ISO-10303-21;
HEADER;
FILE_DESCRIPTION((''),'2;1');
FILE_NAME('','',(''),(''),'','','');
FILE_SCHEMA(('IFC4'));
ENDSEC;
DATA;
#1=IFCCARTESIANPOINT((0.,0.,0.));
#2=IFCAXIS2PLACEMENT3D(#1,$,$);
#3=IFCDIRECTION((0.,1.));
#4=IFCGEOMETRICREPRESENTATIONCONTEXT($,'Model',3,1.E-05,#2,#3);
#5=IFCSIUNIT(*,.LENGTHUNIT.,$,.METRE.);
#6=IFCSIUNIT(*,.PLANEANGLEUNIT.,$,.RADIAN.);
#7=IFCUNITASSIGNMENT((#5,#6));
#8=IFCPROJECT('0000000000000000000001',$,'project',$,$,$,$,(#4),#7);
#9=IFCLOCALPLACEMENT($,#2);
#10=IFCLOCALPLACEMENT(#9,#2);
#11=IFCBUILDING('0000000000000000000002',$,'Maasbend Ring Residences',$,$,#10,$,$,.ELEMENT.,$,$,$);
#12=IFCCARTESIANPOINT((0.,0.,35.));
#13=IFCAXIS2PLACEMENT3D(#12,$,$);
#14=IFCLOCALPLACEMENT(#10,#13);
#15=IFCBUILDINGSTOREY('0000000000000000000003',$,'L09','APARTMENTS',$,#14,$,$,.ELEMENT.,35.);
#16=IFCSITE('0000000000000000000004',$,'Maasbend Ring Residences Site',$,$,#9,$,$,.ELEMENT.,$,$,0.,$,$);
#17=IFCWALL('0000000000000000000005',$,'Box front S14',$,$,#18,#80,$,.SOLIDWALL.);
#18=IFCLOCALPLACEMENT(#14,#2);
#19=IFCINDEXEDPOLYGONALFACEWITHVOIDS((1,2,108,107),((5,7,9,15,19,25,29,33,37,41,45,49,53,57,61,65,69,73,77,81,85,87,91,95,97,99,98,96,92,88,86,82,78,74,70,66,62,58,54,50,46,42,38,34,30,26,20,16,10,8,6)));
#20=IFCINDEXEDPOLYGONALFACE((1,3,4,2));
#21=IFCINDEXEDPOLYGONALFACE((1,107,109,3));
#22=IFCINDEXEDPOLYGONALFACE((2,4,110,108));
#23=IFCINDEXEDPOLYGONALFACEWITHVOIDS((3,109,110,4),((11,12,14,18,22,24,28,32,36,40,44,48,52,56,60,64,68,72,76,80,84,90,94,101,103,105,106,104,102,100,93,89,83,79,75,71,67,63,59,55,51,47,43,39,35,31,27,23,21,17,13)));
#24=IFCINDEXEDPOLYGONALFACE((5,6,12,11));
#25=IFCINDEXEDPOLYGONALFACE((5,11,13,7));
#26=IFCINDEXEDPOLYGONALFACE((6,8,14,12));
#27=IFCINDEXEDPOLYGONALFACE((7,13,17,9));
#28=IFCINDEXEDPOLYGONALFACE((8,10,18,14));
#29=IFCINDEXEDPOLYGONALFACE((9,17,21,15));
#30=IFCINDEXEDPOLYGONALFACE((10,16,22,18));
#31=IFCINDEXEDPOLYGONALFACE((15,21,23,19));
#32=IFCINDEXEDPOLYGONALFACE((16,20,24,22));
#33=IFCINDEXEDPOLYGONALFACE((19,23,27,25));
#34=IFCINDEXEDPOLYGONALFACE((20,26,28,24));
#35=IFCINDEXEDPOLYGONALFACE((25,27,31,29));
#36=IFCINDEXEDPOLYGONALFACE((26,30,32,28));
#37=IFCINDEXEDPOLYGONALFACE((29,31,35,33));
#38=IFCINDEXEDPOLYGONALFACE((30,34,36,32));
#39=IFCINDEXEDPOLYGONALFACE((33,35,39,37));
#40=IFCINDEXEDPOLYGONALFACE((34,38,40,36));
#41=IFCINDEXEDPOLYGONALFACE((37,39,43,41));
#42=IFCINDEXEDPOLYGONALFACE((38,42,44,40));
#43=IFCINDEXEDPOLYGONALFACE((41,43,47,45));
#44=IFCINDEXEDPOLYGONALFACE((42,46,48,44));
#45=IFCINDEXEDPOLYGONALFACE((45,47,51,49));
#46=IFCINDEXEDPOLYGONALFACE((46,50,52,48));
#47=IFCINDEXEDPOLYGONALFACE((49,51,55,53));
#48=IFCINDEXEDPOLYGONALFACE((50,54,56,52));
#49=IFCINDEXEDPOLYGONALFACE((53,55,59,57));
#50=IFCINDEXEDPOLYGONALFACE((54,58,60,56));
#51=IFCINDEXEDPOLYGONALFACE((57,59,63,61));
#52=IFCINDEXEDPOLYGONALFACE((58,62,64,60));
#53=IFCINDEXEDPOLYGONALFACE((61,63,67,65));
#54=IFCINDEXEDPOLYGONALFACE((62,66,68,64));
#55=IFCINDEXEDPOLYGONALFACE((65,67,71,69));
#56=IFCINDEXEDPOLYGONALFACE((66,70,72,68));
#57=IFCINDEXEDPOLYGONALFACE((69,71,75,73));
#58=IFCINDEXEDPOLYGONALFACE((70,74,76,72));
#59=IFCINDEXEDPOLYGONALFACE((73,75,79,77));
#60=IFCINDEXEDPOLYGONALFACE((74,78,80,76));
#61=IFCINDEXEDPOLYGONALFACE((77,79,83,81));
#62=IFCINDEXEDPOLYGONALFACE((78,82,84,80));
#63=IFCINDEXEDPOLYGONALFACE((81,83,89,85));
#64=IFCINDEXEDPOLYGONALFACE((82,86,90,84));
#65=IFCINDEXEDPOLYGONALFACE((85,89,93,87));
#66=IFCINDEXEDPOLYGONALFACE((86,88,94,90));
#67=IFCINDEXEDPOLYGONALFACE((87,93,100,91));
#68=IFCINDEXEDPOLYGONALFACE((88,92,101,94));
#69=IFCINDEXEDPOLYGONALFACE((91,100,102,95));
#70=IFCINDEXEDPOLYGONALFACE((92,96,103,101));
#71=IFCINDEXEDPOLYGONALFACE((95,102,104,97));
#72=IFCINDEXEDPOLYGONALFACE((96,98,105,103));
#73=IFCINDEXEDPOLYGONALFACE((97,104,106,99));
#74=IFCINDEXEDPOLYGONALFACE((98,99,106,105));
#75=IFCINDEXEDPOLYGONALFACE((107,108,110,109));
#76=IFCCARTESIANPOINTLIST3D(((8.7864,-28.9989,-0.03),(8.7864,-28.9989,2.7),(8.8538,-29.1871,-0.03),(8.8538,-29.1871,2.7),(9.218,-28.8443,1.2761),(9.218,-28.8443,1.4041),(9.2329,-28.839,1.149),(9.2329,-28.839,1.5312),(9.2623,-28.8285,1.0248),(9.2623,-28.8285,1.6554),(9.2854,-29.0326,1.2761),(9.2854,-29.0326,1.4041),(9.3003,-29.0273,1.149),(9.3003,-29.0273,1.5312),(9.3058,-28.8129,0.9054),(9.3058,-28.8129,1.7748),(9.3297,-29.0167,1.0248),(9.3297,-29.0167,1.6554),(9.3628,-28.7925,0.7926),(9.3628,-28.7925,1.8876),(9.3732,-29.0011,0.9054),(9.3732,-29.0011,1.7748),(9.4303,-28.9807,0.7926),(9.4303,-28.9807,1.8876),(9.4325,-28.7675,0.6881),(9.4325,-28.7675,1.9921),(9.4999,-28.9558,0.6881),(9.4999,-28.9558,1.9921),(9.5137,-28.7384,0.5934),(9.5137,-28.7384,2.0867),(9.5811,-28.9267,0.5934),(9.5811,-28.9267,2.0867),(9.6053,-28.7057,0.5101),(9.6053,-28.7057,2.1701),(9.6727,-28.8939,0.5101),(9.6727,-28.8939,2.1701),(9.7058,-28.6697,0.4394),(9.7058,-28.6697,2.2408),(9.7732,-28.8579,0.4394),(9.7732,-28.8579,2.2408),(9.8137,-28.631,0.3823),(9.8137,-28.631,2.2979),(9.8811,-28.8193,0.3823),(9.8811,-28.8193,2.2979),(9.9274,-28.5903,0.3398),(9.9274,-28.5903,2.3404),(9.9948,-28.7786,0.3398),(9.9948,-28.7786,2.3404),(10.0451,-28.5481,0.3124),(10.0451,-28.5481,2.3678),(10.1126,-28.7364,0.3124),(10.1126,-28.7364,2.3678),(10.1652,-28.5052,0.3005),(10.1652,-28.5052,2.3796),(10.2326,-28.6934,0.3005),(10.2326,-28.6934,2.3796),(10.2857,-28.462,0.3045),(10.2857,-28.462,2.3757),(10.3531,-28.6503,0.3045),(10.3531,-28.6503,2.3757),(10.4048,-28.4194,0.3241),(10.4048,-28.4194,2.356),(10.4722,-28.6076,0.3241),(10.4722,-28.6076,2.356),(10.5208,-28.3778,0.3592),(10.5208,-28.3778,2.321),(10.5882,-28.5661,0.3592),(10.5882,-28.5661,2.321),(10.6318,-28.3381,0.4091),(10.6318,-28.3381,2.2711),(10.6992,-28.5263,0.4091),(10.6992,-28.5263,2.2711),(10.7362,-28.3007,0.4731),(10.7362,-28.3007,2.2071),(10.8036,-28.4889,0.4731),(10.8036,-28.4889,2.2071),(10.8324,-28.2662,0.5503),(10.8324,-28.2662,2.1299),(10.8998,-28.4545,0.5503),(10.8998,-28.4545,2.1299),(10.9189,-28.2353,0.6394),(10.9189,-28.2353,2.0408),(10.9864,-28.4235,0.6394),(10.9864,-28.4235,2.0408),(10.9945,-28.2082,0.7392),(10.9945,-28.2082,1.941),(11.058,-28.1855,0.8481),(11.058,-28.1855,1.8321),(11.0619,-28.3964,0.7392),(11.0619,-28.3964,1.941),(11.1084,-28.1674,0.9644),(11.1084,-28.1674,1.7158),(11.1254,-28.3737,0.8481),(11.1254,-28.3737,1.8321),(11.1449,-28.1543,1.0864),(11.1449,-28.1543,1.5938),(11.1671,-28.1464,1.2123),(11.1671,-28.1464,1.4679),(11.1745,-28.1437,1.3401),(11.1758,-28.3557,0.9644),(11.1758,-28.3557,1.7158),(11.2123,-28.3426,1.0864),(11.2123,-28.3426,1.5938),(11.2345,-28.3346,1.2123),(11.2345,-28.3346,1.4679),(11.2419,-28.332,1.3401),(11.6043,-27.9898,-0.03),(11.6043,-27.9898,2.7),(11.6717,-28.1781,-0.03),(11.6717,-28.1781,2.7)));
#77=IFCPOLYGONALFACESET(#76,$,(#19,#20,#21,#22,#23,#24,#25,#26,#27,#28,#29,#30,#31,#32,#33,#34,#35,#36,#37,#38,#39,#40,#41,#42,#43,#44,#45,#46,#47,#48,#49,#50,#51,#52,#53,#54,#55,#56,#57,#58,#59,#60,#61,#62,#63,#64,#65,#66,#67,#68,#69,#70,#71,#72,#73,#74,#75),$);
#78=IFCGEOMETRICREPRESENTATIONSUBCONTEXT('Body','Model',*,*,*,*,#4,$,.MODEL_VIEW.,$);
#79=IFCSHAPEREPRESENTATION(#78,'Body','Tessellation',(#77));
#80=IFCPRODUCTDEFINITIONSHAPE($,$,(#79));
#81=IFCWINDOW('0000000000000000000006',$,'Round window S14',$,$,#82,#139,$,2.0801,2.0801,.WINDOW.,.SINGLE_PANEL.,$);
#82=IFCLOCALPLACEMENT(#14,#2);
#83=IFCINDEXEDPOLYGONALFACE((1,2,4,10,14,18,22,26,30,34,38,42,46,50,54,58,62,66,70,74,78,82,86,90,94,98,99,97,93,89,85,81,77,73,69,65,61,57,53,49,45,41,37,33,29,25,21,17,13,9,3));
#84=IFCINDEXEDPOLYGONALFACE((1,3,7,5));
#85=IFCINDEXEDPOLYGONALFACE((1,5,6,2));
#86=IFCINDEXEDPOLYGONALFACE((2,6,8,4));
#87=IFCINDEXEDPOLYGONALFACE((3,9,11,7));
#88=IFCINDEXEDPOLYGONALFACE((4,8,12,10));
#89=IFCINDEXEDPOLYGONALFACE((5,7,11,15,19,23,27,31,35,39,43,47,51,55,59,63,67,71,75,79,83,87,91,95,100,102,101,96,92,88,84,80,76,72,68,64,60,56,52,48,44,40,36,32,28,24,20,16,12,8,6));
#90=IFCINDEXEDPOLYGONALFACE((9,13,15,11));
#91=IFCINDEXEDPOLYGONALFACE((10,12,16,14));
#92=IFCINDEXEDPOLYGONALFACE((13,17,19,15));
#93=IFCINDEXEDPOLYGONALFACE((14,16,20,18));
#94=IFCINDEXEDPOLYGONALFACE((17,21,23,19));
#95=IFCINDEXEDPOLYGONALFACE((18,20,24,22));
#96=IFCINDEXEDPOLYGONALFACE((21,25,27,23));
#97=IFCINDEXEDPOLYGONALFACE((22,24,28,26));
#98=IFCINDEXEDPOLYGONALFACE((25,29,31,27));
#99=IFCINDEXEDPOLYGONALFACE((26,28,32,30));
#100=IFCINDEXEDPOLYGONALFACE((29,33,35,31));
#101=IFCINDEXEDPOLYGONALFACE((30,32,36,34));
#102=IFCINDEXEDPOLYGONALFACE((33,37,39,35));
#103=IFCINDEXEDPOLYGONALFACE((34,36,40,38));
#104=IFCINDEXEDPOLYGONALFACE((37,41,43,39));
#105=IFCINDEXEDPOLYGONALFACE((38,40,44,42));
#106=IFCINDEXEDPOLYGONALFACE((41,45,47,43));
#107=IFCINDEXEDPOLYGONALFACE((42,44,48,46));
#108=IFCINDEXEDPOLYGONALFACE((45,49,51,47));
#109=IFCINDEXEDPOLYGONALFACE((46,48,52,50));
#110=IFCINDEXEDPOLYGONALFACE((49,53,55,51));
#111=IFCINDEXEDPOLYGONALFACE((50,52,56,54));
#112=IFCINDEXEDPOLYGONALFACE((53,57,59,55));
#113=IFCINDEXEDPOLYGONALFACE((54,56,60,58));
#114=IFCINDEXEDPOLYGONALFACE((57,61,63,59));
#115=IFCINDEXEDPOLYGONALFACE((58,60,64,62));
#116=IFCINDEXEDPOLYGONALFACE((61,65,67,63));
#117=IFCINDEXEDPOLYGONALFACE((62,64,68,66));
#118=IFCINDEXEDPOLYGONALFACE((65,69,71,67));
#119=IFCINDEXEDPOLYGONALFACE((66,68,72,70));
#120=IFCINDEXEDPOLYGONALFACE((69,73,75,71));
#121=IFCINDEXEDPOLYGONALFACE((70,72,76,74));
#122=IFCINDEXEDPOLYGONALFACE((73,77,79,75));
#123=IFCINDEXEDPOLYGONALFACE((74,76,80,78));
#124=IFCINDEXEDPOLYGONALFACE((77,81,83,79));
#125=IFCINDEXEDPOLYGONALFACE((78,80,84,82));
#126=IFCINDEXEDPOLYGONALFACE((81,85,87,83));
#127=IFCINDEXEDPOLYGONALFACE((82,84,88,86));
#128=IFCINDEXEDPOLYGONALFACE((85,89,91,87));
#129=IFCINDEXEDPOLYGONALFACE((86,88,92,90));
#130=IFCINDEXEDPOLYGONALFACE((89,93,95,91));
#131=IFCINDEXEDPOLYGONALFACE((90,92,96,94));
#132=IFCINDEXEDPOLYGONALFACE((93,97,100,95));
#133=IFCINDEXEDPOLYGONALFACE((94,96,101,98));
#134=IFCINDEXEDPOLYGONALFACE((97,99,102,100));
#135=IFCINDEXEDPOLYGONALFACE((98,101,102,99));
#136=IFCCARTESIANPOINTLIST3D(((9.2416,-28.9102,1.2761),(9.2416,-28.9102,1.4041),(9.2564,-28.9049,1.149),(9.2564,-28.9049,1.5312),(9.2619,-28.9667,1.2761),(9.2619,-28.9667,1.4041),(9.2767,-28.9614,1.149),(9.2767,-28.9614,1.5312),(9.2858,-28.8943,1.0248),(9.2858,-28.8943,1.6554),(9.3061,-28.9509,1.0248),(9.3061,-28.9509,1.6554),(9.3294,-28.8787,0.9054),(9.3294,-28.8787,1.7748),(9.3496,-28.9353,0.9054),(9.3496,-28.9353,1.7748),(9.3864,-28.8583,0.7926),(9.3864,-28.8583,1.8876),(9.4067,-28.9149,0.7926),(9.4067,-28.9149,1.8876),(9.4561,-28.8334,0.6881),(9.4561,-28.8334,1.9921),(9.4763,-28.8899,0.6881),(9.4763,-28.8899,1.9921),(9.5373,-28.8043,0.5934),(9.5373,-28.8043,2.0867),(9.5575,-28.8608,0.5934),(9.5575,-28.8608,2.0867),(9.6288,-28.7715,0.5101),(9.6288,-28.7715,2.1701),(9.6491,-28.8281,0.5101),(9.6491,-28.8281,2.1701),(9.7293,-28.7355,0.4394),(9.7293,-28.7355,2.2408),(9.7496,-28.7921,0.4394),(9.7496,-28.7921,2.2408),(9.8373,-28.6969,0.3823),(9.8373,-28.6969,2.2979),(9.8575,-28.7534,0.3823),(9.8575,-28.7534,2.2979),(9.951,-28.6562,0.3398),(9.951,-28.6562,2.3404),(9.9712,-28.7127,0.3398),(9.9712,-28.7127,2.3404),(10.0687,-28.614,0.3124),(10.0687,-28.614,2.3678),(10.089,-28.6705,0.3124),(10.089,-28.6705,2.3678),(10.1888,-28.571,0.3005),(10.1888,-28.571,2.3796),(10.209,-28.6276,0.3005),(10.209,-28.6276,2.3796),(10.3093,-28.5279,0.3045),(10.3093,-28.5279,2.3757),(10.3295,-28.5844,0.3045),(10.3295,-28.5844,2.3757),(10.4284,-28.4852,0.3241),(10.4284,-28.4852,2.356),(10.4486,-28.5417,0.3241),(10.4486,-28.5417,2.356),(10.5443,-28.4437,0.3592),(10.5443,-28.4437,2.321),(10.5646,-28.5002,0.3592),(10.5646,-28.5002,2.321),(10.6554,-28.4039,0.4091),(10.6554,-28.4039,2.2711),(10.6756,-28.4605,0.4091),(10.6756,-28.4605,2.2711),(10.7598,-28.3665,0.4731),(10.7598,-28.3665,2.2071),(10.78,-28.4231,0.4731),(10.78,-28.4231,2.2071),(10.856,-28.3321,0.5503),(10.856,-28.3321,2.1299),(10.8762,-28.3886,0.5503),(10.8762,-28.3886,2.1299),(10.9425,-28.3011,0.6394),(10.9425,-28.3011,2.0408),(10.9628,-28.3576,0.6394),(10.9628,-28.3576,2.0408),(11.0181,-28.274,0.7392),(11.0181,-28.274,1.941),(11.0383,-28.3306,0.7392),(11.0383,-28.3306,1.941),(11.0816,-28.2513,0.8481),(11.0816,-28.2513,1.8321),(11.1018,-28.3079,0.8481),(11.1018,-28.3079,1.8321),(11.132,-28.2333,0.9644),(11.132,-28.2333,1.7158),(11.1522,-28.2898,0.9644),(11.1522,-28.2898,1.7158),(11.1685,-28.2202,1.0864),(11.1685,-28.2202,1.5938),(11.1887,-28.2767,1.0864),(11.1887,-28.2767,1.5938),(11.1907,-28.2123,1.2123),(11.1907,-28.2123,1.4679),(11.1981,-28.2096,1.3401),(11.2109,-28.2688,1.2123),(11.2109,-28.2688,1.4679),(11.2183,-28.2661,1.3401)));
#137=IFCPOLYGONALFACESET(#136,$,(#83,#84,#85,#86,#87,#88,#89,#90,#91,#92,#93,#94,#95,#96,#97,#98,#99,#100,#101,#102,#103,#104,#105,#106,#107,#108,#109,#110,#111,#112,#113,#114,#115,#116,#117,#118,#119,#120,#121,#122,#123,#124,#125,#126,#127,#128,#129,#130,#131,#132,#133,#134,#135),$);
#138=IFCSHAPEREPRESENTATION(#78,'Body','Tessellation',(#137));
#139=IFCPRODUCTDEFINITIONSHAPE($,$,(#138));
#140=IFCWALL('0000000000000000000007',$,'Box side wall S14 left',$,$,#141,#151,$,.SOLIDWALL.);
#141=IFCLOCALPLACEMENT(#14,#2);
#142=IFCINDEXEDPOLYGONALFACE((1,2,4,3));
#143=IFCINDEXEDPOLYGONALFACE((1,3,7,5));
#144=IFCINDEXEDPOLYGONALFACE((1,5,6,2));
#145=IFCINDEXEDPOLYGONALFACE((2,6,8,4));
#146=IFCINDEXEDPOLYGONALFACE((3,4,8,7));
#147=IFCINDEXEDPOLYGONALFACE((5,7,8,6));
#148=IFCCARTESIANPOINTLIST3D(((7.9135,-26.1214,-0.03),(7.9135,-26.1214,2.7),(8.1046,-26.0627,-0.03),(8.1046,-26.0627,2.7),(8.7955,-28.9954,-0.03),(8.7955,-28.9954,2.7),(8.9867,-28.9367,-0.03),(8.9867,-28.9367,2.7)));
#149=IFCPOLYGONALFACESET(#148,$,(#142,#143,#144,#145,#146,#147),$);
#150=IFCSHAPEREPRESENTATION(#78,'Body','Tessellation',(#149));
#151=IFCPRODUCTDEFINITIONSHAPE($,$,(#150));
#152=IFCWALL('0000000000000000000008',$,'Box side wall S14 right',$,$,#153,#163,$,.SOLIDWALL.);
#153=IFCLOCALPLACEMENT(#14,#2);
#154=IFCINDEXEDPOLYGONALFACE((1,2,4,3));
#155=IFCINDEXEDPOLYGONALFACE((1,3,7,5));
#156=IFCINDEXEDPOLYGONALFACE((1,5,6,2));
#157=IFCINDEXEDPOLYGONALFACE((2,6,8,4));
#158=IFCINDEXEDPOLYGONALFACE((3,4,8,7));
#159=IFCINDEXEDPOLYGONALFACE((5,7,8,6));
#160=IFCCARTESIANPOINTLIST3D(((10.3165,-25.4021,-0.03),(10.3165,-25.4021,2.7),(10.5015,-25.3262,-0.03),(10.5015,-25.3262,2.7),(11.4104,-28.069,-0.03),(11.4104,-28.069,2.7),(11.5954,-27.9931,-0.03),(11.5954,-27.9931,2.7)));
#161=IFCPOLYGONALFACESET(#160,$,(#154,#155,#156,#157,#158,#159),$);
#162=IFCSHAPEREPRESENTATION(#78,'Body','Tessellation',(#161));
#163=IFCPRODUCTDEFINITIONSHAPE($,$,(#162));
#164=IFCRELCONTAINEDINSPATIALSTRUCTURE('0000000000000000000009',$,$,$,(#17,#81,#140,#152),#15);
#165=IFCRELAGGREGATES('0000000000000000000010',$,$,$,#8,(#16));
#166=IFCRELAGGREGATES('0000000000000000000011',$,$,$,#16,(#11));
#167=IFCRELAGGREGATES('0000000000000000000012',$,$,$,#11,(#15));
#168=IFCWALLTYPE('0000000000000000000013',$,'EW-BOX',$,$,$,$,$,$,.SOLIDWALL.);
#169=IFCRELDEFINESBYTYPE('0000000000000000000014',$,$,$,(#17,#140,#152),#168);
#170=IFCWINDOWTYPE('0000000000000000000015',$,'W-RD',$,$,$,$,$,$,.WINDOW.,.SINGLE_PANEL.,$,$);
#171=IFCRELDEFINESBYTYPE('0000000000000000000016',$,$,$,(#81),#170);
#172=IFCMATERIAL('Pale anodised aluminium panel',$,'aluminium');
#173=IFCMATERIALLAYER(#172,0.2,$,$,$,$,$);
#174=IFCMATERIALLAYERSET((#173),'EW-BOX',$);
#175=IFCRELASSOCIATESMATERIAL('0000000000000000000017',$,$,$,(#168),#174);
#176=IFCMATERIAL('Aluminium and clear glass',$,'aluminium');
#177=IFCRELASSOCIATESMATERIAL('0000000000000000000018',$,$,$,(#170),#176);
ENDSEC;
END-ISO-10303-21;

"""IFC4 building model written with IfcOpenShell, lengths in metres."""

from ifc_helpers import new_model, si_unit, direction, frame, frame_2d, origin, place, context, subcontext, project, spatial, rectangle, circle, extrude, material, layer, layer_set, type_object, element, fill, save


model = new_model("IFC4")

# Units and contexts
model_context = context("Model", 3, precision=1e-05, world=origin(), true_north=direction((0.0, 1.0)))
body_context = subcontext(model_context, "Body", "Model", "MODEL_VIEW")
ifc_project = project(units=[si_unit("LENGTHUNIT", "METRE"), si_unit("PLANEANGLEUNIT", "RADIAN")], contexts=[model_context])

# Site, building, storey
site_placement = place(None, origin())
site = spatial("IfcSite", under=ifc_project, at=site_placement, Name="Maasbend Ring Residences Site", CompositionType="ELEMENT", RefElevation=0.0)
building_placement = place(site_placement, origin())
building = spatial("IfcBuilding", under=site, at=building_placement, Name="Maasbend Ring Residences", CompositionType="ELEMENT")
storey_placement = place(building_placement, frame((0.0, 0.0, 35.0)))
storey = spatial("IfcBuildingStorey", under=building, at=storey_placement, Name="L09", Description="APARTMENTS", CompositionType="ELEMENT", Elevation=35.0)

# Shared definitions
ifc_material_1 = material(Name="Pale anodised aluminium panel", Category="aluminium")
ifc_layer_1 = layer(ifc_material_1, 0.2)
ifc_layer_set_1 = layer_set([ifc_layer_1], Name="EW-BOX")
wall_type_1 = type_object("IfcWallType", Name="EW-BOX", PredefinedType="SOLIDWALL", material=ifc_layer_set_1)
ifc_material_2 = material(Name="Aluminium and clear glass", Category="aluminium")
window_type_1 = type_object("IfcWindowType", Name="W-RD", PartitioningType="SINGLE_PANEL", PredefinedType="WINDOW", material=ifc_material_2)

# Wall, opening, window
wall_1_placement = place(storey_placement, frame((8.8201, -29.093, -0.03), z_axis=(0.0, 0.0, 1.0), x_axis=(0.941461, 0.337122, 0.0)))
wall_1 = element("IfcWall", 1, at=wall_1_placement, inside=storey, type_object=wall_type_1, Name="Box front S14", PredefinedType="SOLIDWALL", context=body_context, shape_type="SweptSolid", body=[
    extrude(rectangle(XDim=2.9932, YDim=0.2, at=frame_2d((1.4966, 0.0))), origin(), (0.0, 0.0, 1.0), 2.73),
])
opening_1_placement = place(wall_1_placement, frame((0.4565, 0.0, 0.3301)))
opening_1 = element("IfcOpeningElement", 2, at=opening_1_placement, cuts=wall_1, PredefinedType="OPENING", context=body_context, shape_type="SweptSolid", body=[
    extrude(circle(Radius=1.04, at=frame_2d((1.04, 1.04))), frame((0.0, 0.1099, 0.0), z_axis=(0.0, -1.0, 0.0), x_axis=(1.0, 0.0, 0.0)), (0.0, 0.0, 1.0), 0.22),
])
window_1_placement = place(opening_1_placement, origin())
window_1 = element("IfcWindow", 3, at=window_1_placement, inside=storey, type_object=window_type_1, Name="Round window S14", OverallHeight=2.0801, OverallWidth=2.0801, PartitioningType="SINGLE_PANEL", PredefinedType="WINDOW", context=body_context, shape_type="SweptSolid", body=[
    extrude(circle(Radius=1.04, at=frame_2d((1.04, 1.04))), frame((0.0, 0.03, 0.0), z_axis=(0.0, -1.0, 0.0), x_axis=(1.0, 0.0, 0.0)), (0.0, 0.0, 1.0), 0.0601),
])
fill(opening_1, window_1)

# Walls
wall_2_placement = place(storey_placement, frame((8.009, -26.092, -0.03), z_axis=(0.0, 0.0, 1.0), x_axis=(0.293407, -0.955988, 0.0)))
element("IfcWall", 4, at=wall_2_placement, inside=storey, type_object=wall_type_1, Name="Box side wall S14 left", PredefinedType="SOLIDWALL", context=body_context, shape_type="SweptSolid", body=[
    extrude(rectangle(XDim=3.0063, YDim=0.2, at=frame_2d((1.5032, 0.0))), origin(), (0.0, 0.0, 1.0), 2.73),
])
wall_3_placement = place(storey_placement, frame((10.4089, -25.364, -0.03), z_axis=(0.0, 0.0, 1.0), x_axis=(0.37951, -0.925188, 0.0)))
element("IfcWall", 5, at=wall_3_placement, inside=storey, type_object=wall_type_1, Name="Box side wall S14 right", PredefinedType="SOLIDWALL", context=body_context, shape_type="SweptSolid", body=[
    extrude(rectangle(XDim=2.8826, YDim=0.2, at=frame_2d((1.4414, 0.0))), origin(), (0.0, 0.0, 1.0), 2.73),
])

save(model, "model.ifc")
